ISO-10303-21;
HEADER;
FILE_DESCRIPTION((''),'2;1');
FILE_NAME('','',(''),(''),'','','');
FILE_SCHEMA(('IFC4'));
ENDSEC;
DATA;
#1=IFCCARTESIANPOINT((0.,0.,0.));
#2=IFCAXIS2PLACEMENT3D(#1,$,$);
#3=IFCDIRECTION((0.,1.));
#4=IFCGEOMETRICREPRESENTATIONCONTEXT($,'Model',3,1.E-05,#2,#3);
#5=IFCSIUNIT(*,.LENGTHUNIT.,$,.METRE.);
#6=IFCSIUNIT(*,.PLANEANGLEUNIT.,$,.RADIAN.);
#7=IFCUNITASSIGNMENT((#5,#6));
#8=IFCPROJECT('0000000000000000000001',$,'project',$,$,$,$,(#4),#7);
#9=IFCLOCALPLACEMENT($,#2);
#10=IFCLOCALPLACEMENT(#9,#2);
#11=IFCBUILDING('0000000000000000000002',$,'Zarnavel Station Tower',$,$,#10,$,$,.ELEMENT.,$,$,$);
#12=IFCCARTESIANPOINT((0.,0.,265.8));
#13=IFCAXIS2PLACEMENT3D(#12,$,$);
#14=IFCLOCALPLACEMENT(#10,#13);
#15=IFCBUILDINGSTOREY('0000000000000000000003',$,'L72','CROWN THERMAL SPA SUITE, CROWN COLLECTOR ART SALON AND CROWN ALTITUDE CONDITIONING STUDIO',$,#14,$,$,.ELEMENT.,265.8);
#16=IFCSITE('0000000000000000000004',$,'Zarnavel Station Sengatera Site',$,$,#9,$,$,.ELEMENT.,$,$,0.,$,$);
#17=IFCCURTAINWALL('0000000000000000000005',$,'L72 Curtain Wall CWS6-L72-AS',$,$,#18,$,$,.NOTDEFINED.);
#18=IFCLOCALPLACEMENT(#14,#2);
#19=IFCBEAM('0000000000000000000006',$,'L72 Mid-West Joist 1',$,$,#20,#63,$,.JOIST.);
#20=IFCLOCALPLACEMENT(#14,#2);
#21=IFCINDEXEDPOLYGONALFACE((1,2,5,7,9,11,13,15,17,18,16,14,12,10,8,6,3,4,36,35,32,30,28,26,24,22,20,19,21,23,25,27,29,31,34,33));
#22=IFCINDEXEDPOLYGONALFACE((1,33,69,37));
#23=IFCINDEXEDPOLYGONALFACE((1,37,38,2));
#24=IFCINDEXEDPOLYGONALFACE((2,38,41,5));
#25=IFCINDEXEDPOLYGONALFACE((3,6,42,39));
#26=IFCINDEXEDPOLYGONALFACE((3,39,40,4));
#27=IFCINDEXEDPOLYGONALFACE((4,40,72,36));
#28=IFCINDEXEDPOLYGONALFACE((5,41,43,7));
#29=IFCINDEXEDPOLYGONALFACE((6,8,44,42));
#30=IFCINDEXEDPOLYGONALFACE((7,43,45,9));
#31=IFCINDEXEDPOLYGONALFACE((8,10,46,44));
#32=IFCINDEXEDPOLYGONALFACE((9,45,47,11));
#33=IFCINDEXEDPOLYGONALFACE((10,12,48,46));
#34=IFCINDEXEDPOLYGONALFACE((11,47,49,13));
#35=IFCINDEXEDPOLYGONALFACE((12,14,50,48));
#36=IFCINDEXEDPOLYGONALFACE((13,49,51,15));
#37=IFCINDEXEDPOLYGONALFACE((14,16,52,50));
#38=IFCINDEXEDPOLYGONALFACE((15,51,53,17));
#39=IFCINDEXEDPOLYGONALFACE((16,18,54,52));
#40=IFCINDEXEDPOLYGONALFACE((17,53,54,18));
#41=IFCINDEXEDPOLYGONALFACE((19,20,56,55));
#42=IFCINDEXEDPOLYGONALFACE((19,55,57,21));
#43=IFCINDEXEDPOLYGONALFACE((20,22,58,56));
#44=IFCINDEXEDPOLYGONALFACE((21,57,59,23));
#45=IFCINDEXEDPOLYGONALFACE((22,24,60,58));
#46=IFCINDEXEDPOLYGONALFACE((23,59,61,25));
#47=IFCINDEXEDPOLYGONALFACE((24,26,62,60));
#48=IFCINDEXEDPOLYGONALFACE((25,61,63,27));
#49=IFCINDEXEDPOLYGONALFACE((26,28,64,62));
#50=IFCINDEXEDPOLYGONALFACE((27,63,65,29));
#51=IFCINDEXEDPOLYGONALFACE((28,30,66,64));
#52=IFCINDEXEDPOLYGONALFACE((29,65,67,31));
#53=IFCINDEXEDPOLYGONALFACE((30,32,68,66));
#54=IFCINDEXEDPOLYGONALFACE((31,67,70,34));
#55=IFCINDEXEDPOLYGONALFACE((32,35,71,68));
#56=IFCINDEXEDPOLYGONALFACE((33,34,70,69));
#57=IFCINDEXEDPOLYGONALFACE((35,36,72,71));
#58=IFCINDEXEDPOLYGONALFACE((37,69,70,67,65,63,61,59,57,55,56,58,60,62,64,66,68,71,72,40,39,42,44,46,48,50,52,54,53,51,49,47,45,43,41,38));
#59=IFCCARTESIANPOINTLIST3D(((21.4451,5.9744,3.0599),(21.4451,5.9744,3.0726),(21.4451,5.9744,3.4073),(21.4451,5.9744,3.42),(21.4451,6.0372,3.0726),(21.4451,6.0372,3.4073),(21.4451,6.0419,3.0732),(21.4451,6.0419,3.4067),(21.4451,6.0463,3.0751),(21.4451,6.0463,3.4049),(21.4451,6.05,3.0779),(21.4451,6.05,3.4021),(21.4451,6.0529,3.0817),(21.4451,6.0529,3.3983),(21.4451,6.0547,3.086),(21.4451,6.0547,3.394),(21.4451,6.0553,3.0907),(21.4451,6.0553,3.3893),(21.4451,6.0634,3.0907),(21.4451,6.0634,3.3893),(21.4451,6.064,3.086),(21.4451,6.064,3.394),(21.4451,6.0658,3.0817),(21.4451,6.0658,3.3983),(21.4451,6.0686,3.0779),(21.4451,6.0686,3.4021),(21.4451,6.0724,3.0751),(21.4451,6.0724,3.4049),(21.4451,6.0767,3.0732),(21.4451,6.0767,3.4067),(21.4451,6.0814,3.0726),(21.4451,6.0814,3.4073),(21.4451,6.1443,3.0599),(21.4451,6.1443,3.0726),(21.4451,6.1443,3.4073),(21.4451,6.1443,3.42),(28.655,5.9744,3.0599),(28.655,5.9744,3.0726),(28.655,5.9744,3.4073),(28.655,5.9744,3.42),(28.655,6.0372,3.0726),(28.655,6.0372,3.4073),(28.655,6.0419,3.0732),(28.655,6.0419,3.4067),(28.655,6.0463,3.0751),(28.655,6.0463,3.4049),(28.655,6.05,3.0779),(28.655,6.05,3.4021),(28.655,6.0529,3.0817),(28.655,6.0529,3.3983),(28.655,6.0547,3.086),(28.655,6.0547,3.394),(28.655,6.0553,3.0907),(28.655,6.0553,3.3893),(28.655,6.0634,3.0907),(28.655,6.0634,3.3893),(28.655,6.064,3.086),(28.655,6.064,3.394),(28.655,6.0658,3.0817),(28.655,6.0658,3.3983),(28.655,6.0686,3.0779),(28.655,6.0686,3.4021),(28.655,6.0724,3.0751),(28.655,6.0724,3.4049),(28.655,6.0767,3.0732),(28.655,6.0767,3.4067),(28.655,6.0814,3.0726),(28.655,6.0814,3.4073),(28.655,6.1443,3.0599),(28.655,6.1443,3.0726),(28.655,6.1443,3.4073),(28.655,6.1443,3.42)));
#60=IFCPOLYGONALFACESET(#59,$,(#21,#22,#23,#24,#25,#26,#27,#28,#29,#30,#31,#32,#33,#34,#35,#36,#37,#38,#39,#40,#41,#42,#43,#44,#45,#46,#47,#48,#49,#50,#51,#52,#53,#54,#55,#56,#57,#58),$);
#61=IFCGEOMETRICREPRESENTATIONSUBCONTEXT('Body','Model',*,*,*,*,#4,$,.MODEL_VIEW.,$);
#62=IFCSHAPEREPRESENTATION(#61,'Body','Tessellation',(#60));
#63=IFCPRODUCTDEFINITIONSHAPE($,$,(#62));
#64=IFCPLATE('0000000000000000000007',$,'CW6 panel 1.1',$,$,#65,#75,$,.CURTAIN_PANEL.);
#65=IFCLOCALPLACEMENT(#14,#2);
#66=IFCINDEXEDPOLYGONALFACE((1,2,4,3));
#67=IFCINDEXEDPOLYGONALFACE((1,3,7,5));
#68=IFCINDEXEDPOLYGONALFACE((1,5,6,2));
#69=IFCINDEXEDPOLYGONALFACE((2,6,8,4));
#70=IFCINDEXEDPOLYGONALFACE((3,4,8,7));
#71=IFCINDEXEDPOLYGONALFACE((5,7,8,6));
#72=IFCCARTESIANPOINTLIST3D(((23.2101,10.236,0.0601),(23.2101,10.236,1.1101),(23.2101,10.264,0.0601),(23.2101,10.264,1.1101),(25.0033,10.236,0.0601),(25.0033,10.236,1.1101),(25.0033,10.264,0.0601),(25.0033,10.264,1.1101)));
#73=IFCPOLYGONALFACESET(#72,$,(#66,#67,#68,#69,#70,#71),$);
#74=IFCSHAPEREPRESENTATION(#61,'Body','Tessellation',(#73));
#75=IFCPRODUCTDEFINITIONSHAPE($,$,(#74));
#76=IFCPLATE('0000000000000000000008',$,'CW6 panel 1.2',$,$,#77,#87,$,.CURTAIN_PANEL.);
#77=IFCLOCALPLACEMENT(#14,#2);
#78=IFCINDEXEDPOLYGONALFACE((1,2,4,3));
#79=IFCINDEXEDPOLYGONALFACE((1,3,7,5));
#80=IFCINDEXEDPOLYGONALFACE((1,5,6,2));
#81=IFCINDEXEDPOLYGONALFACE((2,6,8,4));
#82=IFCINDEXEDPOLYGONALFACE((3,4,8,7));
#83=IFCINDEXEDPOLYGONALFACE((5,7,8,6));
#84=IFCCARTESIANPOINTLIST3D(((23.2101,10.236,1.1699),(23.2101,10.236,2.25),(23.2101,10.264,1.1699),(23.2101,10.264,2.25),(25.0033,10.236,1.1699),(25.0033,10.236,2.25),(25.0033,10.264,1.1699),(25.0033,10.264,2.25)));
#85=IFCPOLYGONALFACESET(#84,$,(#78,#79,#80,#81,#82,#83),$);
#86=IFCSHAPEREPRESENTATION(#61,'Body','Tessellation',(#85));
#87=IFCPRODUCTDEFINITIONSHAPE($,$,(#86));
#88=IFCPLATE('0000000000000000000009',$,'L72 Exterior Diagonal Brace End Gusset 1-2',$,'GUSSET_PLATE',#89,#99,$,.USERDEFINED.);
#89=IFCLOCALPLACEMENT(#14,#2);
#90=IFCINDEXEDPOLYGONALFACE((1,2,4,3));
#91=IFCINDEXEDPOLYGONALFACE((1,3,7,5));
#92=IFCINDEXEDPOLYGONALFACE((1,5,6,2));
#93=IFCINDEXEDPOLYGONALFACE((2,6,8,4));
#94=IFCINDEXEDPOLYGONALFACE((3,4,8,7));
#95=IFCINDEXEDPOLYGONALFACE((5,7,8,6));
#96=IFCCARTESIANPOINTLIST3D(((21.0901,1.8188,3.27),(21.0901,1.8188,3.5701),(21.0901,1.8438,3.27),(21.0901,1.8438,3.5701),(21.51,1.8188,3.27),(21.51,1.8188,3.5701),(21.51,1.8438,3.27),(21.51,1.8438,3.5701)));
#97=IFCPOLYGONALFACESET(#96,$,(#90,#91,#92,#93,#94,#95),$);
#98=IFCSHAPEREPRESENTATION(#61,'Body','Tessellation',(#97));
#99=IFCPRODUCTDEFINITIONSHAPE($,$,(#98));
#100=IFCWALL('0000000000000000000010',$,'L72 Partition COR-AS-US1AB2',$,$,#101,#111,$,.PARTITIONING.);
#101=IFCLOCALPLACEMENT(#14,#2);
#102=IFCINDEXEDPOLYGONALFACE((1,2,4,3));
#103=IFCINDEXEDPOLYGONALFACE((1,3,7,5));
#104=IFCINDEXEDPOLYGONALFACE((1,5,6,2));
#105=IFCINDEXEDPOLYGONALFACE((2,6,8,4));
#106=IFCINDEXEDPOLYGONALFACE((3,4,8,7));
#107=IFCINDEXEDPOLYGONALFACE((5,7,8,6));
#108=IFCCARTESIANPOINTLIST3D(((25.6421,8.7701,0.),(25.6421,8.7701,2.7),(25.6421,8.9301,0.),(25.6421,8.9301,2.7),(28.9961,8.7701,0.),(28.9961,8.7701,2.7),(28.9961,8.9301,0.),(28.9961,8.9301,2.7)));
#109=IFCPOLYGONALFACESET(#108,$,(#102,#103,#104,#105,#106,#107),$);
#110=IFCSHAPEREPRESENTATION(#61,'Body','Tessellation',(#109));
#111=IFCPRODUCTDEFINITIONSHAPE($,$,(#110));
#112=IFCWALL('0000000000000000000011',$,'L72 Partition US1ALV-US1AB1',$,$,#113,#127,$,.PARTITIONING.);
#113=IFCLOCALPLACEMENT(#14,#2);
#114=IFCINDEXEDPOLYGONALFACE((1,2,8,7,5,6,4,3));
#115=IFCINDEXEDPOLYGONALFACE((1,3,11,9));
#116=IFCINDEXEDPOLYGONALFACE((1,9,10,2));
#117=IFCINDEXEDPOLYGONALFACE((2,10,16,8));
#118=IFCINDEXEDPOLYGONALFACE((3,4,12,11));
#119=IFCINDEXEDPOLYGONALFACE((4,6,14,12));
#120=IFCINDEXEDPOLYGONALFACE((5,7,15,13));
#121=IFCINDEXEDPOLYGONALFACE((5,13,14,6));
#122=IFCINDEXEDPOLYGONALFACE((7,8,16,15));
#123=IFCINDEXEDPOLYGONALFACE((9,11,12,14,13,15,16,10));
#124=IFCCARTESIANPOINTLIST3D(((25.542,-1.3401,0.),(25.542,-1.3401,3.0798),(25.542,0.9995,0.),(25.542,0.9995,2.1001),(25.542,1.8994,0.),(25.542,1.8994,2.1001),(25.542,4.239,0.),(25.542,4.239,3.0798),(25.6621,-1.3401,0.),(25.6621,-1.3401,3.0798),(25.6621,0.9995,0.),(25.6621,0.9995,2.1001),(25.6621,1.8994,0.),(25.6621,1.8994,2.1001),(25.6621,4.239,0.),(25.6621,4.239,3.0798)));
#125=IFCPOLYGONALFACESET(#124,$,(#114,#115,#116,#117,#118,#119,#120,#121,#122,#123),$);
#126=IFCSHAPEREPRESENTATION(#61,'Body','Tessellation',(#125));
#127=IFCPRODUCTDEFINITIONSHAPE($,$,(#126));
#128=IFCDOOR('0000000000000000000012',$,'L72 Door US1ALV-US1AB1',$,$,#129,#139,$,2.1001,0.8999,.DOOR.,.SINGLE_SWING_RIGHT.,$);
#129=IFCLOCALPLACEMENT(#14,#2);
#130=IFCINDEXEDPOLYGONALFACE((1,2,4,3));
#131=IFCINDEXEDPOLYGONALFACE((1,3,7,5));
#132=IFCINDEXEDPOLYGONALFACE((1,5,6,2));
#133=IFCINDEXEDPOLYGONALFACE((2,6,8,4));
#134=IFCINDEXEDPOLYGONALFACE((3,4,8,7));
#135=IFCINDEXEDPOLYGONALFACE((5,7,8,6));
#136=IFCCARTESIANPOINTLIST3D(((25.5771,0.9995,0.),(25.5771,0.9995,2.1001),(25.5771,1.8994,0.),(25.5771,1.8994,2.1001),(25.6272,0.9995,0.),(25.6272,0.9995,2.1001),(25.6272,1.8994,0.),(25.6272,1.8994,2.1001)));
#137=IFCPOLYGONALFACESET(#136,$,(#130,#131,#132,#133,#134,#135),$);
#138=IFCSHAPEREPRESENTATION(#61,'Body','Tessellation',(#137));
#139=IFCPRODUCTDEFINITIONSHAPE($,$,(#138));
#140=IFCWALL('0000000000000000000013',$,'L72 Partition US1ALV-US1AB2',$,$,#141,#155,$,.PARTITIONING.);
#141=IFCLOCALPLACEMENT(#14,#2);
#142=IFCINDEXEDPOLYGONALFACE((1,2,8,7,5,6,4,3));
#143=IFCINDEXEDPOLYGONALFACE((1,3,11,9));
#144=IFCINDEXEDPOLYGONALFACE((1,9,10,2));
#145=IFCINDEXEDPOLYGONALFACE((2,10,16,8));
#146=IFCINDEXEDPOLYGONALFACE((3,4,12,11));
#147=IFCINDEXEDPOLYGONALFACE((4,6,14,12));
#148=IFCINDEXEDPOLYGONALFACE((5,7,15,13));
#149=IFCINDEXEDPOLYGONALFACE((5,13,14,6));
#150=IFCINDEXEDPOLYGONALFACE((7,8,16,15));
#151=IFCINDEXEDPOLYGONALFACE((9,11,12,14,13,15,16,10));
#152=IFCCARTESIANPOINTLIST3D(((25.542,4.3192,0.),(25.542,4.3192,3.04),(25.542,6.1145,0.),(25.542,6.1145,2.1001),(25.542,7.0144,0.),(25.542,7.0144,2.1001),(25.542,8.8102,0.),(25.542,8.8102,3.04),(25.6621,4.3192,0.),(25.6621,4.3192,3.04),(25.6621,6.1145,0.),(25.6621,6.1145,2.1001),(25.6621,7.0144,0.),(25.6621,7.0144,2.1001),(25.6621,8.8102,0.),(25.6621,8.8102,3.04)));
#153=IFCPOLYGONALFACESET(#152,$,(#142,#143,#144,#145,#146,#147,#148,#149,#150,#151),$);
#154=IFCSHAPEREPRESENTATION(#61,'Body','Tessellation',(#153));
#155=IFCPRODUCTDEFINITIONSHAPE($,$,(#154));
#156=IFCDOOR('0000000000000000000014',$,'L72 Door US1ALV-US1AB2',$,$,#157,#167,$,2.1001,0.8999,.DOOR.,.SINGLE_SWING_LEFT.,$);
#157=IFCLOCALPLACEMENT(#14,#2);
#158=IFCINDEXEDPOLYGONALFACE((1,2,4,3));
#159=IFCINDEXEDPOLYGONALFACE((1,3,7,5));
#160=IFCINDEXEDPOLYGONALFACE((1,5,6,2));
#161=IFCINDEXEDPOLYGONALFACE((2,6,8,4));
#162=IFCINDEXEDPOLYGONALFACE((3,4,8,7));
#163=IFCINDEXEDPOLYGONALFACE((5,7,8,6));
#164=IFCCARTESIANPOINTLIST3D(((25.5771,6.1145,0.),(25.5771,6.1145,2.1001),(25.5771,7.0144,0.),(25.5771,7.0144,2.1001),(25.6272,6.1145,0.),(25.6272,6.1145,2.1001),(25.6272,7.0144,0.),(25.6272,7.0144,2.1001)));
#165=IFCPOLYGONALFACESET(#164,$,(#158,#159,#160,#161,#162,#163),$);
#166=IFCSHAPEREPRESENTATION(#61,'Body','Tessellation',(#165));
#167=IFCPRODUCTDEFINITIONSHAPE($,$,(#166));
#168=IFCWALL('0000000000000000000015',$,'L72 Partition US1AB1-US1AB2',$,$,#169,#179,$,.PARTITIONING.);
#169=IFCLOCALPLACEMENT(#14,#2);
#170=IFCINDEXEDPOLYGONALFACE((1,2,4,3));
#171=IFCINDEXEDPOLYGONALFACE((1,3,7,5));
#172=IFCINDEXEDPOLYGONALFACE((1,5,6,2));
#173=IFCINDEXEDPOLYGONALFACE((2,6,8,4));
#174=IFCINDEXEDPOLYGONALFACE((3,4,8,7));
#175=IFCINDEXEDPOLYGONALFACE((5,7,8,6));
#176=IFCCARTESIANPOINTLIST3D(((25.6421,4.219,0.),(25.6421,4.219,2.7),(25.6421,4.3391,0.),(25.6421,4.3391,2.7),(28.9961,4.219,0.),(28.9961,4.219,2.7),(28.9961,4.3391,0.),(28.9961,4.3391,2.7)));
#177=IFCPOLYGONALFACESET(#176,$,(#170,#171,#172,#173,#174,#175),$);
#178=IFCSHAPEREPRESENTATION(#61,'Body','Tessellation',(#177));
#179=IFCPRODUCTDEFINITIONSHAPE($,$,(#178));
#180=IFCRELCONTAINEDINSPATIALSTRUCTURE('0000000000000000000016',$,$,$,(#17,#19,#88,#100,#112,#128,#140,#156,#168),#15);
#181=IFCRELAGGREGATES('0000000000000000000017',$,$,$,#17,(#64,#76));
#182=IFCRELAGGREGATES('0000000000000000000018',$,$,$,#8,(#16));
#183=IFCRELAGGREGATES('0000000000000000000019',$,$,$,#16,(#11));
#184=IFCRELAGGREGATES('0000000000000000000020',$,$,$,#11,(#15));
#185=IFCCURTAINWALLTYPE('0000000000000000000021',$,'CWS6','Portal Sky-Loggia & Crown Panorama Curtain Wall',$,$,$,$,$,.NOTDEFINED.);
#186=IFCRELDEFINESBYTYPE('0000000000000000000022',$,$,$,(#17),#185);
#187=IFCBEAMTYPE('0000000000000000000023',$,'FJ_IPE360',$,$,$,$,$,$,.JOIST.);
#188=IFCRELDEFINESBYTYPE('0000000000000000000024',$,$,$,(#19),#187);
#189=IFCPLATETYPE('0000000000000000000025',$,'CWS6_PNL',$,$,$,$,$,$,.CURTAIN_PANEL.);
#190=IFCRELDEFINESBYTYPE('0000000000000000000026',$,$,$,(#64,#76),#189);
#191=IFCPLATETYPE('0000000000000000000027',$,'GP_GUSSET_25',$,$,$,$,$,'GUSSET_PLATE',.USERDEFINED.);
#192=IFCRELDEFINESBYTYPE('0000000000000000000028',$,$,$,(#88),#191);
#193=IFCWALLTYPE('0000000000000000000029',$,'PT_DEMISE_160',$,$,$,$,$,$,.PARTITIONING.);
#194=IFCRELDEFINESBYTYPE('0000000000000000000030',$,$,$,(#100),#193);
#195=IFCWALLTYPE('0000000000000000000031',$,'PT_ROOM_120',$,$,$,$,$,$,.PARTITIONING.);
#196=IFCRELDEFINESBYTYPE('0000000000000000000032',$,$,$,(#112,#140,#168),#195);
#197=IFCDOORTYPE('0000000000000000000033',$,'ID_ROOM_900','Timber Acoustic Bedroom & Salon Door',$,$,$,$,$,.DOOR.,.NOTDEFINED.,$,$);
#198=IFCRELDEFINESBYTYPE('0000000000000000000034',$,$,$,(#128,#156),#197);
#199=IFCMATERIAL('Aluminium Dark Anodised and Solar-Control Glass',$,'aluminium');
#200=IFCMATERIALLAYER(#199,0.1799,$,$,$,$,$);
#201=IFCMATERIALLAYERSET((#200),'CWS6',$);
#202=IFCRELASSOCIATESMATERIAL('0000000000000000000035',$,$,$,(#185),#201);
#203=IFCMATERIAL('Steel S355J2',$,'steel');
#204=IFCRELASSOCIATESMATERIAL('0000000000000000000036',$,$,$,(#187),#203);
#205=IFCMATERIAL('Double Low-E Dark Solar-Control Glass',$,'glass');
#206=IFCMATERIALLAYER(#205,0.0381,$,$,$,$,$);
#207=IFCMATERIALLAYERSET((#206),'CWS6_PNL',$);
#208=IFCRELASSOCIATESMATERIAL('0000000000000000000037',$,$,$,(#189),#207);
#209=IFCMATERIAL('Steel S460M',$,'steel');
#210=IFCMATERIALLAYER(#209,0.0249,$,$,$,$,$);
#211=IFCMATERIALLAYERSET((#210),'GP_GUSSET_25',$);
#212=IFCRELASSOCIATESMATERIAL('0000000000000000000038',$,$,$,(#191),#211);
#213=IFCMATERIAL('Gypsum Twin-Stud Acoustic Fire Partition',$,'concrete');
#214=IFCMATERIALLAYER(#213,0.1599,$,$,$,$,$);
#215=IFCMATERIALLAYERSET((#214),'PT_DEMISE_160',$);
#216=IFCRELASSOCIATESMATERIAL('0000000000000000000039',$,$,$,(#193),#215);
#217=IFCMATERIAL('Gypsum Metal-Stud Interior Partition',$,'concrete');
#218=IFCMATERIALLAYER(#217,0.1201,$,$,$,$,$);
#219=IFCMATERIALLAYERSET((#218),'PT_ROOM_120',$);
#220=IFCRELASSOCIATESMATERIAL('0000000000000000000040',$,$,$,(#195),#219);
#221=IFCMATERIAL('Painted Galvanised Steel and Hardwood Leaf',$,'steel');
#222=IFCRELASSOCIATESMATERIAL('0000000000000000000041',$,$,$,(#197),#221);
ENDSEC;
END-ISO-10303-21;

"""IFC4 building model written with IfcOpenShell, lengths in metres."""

from ifc_helpers import new_model, si_unit, direction, frame, frame_2d, origin, origin_2d, place, context, subcontext, project, spatial, rectangle, i_section, extrude, material, layer, layer_set, material_profile, profile_set, type_object, element, fill, aggregate, save


model = new_model("IFC4")

# Units and contexts
model_context = context("Model", 3, precision=1e-05, world=origin(), true_north=direction((0.0, 1.0)))
body_context = subcontext(model_context, "Body", "Model", "MODEL_VIEW")
ifc_project = project(units=[si_unit("LENGTHUNIT", "METRE"), si_unit("PLANEANGLEUNIT", "RADIAN")], contexts=[model_context])

# Site, building, storey
site_placement = place(None, origin())
site = spatial("IfcSite", under=ifc_project, at=site_placement, Name="Zarnavel Station Sengatera Site", CompositionType="ELEMENT", RefElevation=0.0)
building_placement = place(site_placement, origin())
building = spatial("IfcBuilding", under=site, at=building_placement, Name="Zarnavel Station Tower", CompositionType="ELEMENT")
storey_placement = place(building_placement, frame((0.0, 0.0, 265.8)))
storey = spatial("IfcBuildingStorey", under=building, at=storey_placement, Name="L72", Description="CROWN THERMAL SPA SUITE, CROWN COLLECTOR ART SALON AND CROWN ALTITUDE CONDITIONING STUDIO", CompositionType="ELEMENT", Elevation=265.8)

# Curtain wall
ifc_material_1 = material(Name="Aluminium Dark Anodised and Solar-Control Glass", Category="aluminium")
ifc_layer_1 = layer(ifc_material_1, 0.1799)
ifc_layer_set_1 = layer_set([ifc_layer_1], Name="CWS6")
curtain_wall_type = type_object("IfcCurtainWallType", Name="CWS6", Description="Portal Sky-Loggia & Crown Panorama Curtain Wall", PredefinedType="NOTDEFINED", material=ifc_layer_set_1)
curtain_wall_placement = place(storey_placement, origin())
curtain_wall = element("IfcCurtainWall", 1, at=curtain_wall_placement, inside=storey, type_object=curtain_wall_type, Name="L72 Curtain Wall CWS6-L72-AS", PredefinedType="NOTDEFINED")

# Beam
ifc_material_2 = material(Name="Steel S355J2", Category="steel")
ifc_material_profile_1 = material_profile(ifc_material_2, i_section(OverallWidth=0.1699, OverallDepth=0.3601, WebThickness=0.0081, FlangeThickness=0.0127, FilletRadius=0.0181, at=origin_2d()), Name="IPE360")
ifc_profile_set_1 = profile_set([ifc_material_profile_1], Name="Steel S355J2")
beam_type_1 = type_object("IfcBeamType", Name="FJ_IPE360", PredefinedType="JOIST", material=ifc_profile_set_1)
beam_1_placement = place(storey_placement, frame((21.4451, 6.0593, 3.24), z_axis=(1.0, 0.0, 0.0), x_axis=(0.0, 1.0, 0.0)))
element("IfcBeam", 2, at=beam_1_placement, inside=storey, type_object=beam_type_1, Name="L72 Mid-West Joist 1", PredefinedType="JOIST", context=body_context, shape_type="SweptSolid", body=[
    extrude(i_section(OverallWidth=0.1699, OverallDepth=0.3601, WebThickness=0.0081, FlangeThickness=0.0127, FilletRadius=0.0181, at=origin_2d()), origin(), (0.0, 0.0, 1.0), 7.21),
])

# Plates
ifc_material_3 = material(Name="Double Low-E Dark Solar-Control Glass", Category="glass")
ifc_layer_2 = layer(ifc_material_3, 0.0381)
ifc_layer_set_2 = layer_set([ifc_layer_2], Name="CWS6_PNL")
plate_type_1 = type_object("IfcPlateType", Name="CWS6_PNL", PredefinedType="CURTAIN_PANEL", material=ifc_layer_set_2)
plate_1_placement = place(storey_placement, frame((24.1067, 10.25, 0.0601), z_axis=(0.0, 0.0, 1.0), x_axis=(1.0, 0.0, 0.0)))
plate_1 = element("IfcPlate", 3, at=plate_1_placement, type_object=plate_type_1, Name="CW6 panel 1.1", PredefinedType="CURTAIN_PANEL", context=body_context, shape_type="SweptSolid", body=[
    extrude(rectangle(XDim=1.7932, YDim=0.0281, at=origin_2d()), origin(), (0.0, 0.0, 1.0), 1.05),
])
plate_2_placement = place(storey_placement, frame((24.1067, 10.25, 1.1699), z_axis=(0.0, 0.0, 1.0), x_axis=(1.0, 0.0, 0.0)))
plate_2 = element("IfcPlate", 4, at=plate_2_placement, type_object=plate_type_1, Name="CW6 panel 1.2", PredefinedType="CURTAIN_PANEL", context=body_context, shape_type="SweptSolid", body=[
    extrude(rectangle(XDim=1.7932, YDim=0.0281, at=origin_2d()), origin(), (0.0, 0.0, 1.0), 1.0801),
])
aggregate(curtain_wall, [plate_1, plate_2])
ifc_material_4 = material(Name="Steel S460M", Category="steel")
ifc_layer_3 = layer(ifc_material_4, 0.0249)
ifc_layer_set_3 = layer_set([ifc_layer_3], Name="GP_GUSSET_25")
plate_type_2 = type_object("IfcPlateType", Name="GP_GUSSET_25", ElementType="GUSSET_PLATE", PredefinedType="USERDEFINED", material=ifc_layer_set_3)
plate_3_placement = place(storey_placement, frame((21.3, 1.8313, 3.27), z_axis=(0.0, 0.0, 1.0), x_axis=(1.0, 0.0, 0.0)))
element("IfcPlate", 5, at=plate_3_placement, inside=storey, type_object=plate_type_2, Name="L72 Exterior Diagonal Brace End Gusset 1-2", ObjectType="GUSSET_PLATE", PredefinedType="USERDEFINED", context=body_context, shape_type="SweptSolid", body=[
    extrude(rectangle(XDim=0.4199, YDim=0.0249, at=origin_2d()), origin(), (0.0, 0.0, 1.0), 0.3),
])

# Shared definitions
ifc_material_5 = material(Name="Gypsum Twin-Stud Acoustic Fire Partition", Category="concrete")
ifc_layer_4 = layer(ifc_material_5, 0.1599)
ifc_layer_set_4 = layer_set([ifc_layer_4], Name="PT_DEMISE_160")
wall_type_1 = type_object("IfcWallType", Name="PT_DEMISE_160", PredefinedType="PARTITIONING", material=ifc_layer_set_4)

# Wall
wall_1_placement = place(storey_placement, frame((25.6421, 8.8501, 0.0), z_axis=(0.0, 0.0, 1.0), x_axis=(1.0, 0.0, 0.0)))
element("IfcWall", 6, at=wall_1_placement, inside=storey, type_object=wall_type_1, Name="L72 Partition COR-AS-US1AB2", PredefinedType="PARTITIONING", context=body_context, shape_type="SweptSolid", body=[
    extrude(rectangle(XDim=3.354, YDim=0.1599, at=frame_2d((1.677, 0.0))), origin(), (0.0, 0.0, 1.0), 2.7),
])

# Walls, openings, doors
ifc_material_6 = material(Name="Gypsum Metal-Stud Interior Partition", Category="concrete")
ifc_layer_5 = layer(ifc_material_6, 0.1201)
ifc_layer_set_5 = layer_set([ifc_layer_5], Name="PT_ROOM_120")
wall_type_2 = type_object("IfcWallType", Name="PT_ROOM_120", PredefinedType="PARTITIONING", material=ifc_layer_set_5)
wall_2_placement = place(storey_placement, frame((25.6021, -1.3401, 0.0), z_axis=(0.0, 0.0, 1.0), x_axis=(0.0, 1.0, 0.0)))
wall_2 = element("IfcWall", 7, at=wall_2_placement, inside=storey, type_object=wall_type_2, Name="L72 Partition US1ALV-US1AB1", PredefinedType="PARTITIONING", context=body_context, shape_type="SweptSolid", body=[
    extrude(rectangle(XDim=5.5791, YDim=0.1201, at=frame_2d((2.7896, 0.0))), origin(), (0.0, 0.0, 1.0), 3.0798),
])
opening_1_placement = place(wall_2_placement, frame((2.3396, 0.0, 0.0)))
opening_1 = element("IfcOpeningElement", 8, at=opening_1_placement, cuts=wall_2, PredefinedType="OPENING", context=body_context, shape_type="SweptSolid", body=[
    extrude(rectangle(XDim=0.8999, YDim=2.1001, at=frame_2d((0.45, 1.05))), frame((0.0, 0.0701, 0.0), z_axis=(0.0, -1.0, 0.0), x_axis=(1.0, 0.0, 0.0)), (0.0, 0.0, 1.0), 0.1401),
])
ifc_material_7 = material(Name="Painted Galvanised Steel and Hardwood Leaf", Category="steel")
door_type_1 = type_object("IfcDoorType", Name="ID_ROOM_900", Description="Timber Acoustic Bedroom & Salon Door", OperationType="NOTDEFINED", PredefinedType="DOOR", material=ifc_material_7)
door_1_placement = place(opening_1_placement, origin())
door_1 = element("IfcDoor", 9, at=door_1_placement, inside=storey, type_object=door_type_1, Name="L72 Door US1ALV-US1AB1", OperationType="SINGLE_SWING_RIGHT", OverallHeight=2.1001, OverallWidth=0.8999, PredefinedType="DOOR", context=body_context, shape_type="SweptSolid", body=[
    extrude(rectangle(XDim=0.8999, YDim=2.1001, at=frame_2d((0.45, 1.05))), frame((0.0, 0.0249, 0.0), z_axis=(0.0, -1.0, 0.0), x_axis=(1.0, 0.0, 0.0)), (0.0, 0.0, 1.0), 0.05),
])
fill(opening_1, door_1)
wall_3_placement = place(storey_placement, frame((25.6021, 4.3191, 0.0), z_axis=(0.0, 0.0, 1.0), x_axis=(0.0, 1.0, 0.0)))
wall_3 = element("IfcWall", 10, at=wall_3_placement, inside=storey, type_object=wall_type_2, Name="L72 Partition US1ALV-US1AB2", PredefinedType="PARTITIONING", context=body_context, shape_type="SweptSolid", body=[
    extrude(rectangle(XDim=4.491, YDim=0.1201, at=frame_2d((2.2456, 0.0))), origin(), (0.0, 0.0, 1.0), 3.04),
])
opening_2_placement = place(wall_3_placement, frame((1.7954, 0.0, 0.0)))
opening_2 = element("IfcOpeningElement", 11, at=opening_2_placement, cuts=wall_3, PredefinedType="OPENING", context=body_context, shape_type="SweptSolid", body=[
    extrude(rectangle(XDim=0.8999, YDim=2.1001, at=frame_2d((0.45, 1.05))), frame((0.0, 0.0701, 0.0), z_axis=(0.0, -1.0, 0.0), x_axis=(1.0, 0.0, 0.0)), (0.0, 0.0, 1.0), 0.1401),
])
door_2_placement = place(opening_2_placement, origin())
door_2 = element("IfcDoor", 12, at=door_2_placement, inside=storey, type_object=door_type_1, Name="L72 Door US1ALV-US1AB2", OperationType="SINGLE_SWING_LEFT", OverallHeight=2.1001, OverallWidth=0.8999, PredefinedType="DOOR", context=body_context, shape_type="SweptSolid", body=[
    extrude(rectangle(XDim=0.8999, YDim=2.1001, at=frame_2d((0.45, 1.05))), frame((0.0, 0.0249, 0.0), z_axis=(0.0, -1.0, 0.0), x_axis=(1.0, 0.0, 0.0)), (0.0, 0.0, 1.0), 0.05),
])
fill(opening_2, door_2)

# Wall
wall_4_placement = place(storey_placement, frame((25.6421, 4.2791, 0.0), z_axis=(0.0, 0.0, 1.0), x_axis=(1.0, 0.0, 0.0)))
element("IfcWall", 13, at=wall_4_placement, inside=storey, type_object=wall_type_2, Name="L72 Partition US1AB1-US1AB2", PredefinedType="PARTITIONING", context=body_context, shape_type="SweptSolid", body=[
    extrude(rectangle(XDim=3.354, YDim=0.1201, at=frame_2d((1.677, 0.0))), origin(), (0.0, 0.0, 1.0), 2.7),
])

save(model, "model.ifc")
